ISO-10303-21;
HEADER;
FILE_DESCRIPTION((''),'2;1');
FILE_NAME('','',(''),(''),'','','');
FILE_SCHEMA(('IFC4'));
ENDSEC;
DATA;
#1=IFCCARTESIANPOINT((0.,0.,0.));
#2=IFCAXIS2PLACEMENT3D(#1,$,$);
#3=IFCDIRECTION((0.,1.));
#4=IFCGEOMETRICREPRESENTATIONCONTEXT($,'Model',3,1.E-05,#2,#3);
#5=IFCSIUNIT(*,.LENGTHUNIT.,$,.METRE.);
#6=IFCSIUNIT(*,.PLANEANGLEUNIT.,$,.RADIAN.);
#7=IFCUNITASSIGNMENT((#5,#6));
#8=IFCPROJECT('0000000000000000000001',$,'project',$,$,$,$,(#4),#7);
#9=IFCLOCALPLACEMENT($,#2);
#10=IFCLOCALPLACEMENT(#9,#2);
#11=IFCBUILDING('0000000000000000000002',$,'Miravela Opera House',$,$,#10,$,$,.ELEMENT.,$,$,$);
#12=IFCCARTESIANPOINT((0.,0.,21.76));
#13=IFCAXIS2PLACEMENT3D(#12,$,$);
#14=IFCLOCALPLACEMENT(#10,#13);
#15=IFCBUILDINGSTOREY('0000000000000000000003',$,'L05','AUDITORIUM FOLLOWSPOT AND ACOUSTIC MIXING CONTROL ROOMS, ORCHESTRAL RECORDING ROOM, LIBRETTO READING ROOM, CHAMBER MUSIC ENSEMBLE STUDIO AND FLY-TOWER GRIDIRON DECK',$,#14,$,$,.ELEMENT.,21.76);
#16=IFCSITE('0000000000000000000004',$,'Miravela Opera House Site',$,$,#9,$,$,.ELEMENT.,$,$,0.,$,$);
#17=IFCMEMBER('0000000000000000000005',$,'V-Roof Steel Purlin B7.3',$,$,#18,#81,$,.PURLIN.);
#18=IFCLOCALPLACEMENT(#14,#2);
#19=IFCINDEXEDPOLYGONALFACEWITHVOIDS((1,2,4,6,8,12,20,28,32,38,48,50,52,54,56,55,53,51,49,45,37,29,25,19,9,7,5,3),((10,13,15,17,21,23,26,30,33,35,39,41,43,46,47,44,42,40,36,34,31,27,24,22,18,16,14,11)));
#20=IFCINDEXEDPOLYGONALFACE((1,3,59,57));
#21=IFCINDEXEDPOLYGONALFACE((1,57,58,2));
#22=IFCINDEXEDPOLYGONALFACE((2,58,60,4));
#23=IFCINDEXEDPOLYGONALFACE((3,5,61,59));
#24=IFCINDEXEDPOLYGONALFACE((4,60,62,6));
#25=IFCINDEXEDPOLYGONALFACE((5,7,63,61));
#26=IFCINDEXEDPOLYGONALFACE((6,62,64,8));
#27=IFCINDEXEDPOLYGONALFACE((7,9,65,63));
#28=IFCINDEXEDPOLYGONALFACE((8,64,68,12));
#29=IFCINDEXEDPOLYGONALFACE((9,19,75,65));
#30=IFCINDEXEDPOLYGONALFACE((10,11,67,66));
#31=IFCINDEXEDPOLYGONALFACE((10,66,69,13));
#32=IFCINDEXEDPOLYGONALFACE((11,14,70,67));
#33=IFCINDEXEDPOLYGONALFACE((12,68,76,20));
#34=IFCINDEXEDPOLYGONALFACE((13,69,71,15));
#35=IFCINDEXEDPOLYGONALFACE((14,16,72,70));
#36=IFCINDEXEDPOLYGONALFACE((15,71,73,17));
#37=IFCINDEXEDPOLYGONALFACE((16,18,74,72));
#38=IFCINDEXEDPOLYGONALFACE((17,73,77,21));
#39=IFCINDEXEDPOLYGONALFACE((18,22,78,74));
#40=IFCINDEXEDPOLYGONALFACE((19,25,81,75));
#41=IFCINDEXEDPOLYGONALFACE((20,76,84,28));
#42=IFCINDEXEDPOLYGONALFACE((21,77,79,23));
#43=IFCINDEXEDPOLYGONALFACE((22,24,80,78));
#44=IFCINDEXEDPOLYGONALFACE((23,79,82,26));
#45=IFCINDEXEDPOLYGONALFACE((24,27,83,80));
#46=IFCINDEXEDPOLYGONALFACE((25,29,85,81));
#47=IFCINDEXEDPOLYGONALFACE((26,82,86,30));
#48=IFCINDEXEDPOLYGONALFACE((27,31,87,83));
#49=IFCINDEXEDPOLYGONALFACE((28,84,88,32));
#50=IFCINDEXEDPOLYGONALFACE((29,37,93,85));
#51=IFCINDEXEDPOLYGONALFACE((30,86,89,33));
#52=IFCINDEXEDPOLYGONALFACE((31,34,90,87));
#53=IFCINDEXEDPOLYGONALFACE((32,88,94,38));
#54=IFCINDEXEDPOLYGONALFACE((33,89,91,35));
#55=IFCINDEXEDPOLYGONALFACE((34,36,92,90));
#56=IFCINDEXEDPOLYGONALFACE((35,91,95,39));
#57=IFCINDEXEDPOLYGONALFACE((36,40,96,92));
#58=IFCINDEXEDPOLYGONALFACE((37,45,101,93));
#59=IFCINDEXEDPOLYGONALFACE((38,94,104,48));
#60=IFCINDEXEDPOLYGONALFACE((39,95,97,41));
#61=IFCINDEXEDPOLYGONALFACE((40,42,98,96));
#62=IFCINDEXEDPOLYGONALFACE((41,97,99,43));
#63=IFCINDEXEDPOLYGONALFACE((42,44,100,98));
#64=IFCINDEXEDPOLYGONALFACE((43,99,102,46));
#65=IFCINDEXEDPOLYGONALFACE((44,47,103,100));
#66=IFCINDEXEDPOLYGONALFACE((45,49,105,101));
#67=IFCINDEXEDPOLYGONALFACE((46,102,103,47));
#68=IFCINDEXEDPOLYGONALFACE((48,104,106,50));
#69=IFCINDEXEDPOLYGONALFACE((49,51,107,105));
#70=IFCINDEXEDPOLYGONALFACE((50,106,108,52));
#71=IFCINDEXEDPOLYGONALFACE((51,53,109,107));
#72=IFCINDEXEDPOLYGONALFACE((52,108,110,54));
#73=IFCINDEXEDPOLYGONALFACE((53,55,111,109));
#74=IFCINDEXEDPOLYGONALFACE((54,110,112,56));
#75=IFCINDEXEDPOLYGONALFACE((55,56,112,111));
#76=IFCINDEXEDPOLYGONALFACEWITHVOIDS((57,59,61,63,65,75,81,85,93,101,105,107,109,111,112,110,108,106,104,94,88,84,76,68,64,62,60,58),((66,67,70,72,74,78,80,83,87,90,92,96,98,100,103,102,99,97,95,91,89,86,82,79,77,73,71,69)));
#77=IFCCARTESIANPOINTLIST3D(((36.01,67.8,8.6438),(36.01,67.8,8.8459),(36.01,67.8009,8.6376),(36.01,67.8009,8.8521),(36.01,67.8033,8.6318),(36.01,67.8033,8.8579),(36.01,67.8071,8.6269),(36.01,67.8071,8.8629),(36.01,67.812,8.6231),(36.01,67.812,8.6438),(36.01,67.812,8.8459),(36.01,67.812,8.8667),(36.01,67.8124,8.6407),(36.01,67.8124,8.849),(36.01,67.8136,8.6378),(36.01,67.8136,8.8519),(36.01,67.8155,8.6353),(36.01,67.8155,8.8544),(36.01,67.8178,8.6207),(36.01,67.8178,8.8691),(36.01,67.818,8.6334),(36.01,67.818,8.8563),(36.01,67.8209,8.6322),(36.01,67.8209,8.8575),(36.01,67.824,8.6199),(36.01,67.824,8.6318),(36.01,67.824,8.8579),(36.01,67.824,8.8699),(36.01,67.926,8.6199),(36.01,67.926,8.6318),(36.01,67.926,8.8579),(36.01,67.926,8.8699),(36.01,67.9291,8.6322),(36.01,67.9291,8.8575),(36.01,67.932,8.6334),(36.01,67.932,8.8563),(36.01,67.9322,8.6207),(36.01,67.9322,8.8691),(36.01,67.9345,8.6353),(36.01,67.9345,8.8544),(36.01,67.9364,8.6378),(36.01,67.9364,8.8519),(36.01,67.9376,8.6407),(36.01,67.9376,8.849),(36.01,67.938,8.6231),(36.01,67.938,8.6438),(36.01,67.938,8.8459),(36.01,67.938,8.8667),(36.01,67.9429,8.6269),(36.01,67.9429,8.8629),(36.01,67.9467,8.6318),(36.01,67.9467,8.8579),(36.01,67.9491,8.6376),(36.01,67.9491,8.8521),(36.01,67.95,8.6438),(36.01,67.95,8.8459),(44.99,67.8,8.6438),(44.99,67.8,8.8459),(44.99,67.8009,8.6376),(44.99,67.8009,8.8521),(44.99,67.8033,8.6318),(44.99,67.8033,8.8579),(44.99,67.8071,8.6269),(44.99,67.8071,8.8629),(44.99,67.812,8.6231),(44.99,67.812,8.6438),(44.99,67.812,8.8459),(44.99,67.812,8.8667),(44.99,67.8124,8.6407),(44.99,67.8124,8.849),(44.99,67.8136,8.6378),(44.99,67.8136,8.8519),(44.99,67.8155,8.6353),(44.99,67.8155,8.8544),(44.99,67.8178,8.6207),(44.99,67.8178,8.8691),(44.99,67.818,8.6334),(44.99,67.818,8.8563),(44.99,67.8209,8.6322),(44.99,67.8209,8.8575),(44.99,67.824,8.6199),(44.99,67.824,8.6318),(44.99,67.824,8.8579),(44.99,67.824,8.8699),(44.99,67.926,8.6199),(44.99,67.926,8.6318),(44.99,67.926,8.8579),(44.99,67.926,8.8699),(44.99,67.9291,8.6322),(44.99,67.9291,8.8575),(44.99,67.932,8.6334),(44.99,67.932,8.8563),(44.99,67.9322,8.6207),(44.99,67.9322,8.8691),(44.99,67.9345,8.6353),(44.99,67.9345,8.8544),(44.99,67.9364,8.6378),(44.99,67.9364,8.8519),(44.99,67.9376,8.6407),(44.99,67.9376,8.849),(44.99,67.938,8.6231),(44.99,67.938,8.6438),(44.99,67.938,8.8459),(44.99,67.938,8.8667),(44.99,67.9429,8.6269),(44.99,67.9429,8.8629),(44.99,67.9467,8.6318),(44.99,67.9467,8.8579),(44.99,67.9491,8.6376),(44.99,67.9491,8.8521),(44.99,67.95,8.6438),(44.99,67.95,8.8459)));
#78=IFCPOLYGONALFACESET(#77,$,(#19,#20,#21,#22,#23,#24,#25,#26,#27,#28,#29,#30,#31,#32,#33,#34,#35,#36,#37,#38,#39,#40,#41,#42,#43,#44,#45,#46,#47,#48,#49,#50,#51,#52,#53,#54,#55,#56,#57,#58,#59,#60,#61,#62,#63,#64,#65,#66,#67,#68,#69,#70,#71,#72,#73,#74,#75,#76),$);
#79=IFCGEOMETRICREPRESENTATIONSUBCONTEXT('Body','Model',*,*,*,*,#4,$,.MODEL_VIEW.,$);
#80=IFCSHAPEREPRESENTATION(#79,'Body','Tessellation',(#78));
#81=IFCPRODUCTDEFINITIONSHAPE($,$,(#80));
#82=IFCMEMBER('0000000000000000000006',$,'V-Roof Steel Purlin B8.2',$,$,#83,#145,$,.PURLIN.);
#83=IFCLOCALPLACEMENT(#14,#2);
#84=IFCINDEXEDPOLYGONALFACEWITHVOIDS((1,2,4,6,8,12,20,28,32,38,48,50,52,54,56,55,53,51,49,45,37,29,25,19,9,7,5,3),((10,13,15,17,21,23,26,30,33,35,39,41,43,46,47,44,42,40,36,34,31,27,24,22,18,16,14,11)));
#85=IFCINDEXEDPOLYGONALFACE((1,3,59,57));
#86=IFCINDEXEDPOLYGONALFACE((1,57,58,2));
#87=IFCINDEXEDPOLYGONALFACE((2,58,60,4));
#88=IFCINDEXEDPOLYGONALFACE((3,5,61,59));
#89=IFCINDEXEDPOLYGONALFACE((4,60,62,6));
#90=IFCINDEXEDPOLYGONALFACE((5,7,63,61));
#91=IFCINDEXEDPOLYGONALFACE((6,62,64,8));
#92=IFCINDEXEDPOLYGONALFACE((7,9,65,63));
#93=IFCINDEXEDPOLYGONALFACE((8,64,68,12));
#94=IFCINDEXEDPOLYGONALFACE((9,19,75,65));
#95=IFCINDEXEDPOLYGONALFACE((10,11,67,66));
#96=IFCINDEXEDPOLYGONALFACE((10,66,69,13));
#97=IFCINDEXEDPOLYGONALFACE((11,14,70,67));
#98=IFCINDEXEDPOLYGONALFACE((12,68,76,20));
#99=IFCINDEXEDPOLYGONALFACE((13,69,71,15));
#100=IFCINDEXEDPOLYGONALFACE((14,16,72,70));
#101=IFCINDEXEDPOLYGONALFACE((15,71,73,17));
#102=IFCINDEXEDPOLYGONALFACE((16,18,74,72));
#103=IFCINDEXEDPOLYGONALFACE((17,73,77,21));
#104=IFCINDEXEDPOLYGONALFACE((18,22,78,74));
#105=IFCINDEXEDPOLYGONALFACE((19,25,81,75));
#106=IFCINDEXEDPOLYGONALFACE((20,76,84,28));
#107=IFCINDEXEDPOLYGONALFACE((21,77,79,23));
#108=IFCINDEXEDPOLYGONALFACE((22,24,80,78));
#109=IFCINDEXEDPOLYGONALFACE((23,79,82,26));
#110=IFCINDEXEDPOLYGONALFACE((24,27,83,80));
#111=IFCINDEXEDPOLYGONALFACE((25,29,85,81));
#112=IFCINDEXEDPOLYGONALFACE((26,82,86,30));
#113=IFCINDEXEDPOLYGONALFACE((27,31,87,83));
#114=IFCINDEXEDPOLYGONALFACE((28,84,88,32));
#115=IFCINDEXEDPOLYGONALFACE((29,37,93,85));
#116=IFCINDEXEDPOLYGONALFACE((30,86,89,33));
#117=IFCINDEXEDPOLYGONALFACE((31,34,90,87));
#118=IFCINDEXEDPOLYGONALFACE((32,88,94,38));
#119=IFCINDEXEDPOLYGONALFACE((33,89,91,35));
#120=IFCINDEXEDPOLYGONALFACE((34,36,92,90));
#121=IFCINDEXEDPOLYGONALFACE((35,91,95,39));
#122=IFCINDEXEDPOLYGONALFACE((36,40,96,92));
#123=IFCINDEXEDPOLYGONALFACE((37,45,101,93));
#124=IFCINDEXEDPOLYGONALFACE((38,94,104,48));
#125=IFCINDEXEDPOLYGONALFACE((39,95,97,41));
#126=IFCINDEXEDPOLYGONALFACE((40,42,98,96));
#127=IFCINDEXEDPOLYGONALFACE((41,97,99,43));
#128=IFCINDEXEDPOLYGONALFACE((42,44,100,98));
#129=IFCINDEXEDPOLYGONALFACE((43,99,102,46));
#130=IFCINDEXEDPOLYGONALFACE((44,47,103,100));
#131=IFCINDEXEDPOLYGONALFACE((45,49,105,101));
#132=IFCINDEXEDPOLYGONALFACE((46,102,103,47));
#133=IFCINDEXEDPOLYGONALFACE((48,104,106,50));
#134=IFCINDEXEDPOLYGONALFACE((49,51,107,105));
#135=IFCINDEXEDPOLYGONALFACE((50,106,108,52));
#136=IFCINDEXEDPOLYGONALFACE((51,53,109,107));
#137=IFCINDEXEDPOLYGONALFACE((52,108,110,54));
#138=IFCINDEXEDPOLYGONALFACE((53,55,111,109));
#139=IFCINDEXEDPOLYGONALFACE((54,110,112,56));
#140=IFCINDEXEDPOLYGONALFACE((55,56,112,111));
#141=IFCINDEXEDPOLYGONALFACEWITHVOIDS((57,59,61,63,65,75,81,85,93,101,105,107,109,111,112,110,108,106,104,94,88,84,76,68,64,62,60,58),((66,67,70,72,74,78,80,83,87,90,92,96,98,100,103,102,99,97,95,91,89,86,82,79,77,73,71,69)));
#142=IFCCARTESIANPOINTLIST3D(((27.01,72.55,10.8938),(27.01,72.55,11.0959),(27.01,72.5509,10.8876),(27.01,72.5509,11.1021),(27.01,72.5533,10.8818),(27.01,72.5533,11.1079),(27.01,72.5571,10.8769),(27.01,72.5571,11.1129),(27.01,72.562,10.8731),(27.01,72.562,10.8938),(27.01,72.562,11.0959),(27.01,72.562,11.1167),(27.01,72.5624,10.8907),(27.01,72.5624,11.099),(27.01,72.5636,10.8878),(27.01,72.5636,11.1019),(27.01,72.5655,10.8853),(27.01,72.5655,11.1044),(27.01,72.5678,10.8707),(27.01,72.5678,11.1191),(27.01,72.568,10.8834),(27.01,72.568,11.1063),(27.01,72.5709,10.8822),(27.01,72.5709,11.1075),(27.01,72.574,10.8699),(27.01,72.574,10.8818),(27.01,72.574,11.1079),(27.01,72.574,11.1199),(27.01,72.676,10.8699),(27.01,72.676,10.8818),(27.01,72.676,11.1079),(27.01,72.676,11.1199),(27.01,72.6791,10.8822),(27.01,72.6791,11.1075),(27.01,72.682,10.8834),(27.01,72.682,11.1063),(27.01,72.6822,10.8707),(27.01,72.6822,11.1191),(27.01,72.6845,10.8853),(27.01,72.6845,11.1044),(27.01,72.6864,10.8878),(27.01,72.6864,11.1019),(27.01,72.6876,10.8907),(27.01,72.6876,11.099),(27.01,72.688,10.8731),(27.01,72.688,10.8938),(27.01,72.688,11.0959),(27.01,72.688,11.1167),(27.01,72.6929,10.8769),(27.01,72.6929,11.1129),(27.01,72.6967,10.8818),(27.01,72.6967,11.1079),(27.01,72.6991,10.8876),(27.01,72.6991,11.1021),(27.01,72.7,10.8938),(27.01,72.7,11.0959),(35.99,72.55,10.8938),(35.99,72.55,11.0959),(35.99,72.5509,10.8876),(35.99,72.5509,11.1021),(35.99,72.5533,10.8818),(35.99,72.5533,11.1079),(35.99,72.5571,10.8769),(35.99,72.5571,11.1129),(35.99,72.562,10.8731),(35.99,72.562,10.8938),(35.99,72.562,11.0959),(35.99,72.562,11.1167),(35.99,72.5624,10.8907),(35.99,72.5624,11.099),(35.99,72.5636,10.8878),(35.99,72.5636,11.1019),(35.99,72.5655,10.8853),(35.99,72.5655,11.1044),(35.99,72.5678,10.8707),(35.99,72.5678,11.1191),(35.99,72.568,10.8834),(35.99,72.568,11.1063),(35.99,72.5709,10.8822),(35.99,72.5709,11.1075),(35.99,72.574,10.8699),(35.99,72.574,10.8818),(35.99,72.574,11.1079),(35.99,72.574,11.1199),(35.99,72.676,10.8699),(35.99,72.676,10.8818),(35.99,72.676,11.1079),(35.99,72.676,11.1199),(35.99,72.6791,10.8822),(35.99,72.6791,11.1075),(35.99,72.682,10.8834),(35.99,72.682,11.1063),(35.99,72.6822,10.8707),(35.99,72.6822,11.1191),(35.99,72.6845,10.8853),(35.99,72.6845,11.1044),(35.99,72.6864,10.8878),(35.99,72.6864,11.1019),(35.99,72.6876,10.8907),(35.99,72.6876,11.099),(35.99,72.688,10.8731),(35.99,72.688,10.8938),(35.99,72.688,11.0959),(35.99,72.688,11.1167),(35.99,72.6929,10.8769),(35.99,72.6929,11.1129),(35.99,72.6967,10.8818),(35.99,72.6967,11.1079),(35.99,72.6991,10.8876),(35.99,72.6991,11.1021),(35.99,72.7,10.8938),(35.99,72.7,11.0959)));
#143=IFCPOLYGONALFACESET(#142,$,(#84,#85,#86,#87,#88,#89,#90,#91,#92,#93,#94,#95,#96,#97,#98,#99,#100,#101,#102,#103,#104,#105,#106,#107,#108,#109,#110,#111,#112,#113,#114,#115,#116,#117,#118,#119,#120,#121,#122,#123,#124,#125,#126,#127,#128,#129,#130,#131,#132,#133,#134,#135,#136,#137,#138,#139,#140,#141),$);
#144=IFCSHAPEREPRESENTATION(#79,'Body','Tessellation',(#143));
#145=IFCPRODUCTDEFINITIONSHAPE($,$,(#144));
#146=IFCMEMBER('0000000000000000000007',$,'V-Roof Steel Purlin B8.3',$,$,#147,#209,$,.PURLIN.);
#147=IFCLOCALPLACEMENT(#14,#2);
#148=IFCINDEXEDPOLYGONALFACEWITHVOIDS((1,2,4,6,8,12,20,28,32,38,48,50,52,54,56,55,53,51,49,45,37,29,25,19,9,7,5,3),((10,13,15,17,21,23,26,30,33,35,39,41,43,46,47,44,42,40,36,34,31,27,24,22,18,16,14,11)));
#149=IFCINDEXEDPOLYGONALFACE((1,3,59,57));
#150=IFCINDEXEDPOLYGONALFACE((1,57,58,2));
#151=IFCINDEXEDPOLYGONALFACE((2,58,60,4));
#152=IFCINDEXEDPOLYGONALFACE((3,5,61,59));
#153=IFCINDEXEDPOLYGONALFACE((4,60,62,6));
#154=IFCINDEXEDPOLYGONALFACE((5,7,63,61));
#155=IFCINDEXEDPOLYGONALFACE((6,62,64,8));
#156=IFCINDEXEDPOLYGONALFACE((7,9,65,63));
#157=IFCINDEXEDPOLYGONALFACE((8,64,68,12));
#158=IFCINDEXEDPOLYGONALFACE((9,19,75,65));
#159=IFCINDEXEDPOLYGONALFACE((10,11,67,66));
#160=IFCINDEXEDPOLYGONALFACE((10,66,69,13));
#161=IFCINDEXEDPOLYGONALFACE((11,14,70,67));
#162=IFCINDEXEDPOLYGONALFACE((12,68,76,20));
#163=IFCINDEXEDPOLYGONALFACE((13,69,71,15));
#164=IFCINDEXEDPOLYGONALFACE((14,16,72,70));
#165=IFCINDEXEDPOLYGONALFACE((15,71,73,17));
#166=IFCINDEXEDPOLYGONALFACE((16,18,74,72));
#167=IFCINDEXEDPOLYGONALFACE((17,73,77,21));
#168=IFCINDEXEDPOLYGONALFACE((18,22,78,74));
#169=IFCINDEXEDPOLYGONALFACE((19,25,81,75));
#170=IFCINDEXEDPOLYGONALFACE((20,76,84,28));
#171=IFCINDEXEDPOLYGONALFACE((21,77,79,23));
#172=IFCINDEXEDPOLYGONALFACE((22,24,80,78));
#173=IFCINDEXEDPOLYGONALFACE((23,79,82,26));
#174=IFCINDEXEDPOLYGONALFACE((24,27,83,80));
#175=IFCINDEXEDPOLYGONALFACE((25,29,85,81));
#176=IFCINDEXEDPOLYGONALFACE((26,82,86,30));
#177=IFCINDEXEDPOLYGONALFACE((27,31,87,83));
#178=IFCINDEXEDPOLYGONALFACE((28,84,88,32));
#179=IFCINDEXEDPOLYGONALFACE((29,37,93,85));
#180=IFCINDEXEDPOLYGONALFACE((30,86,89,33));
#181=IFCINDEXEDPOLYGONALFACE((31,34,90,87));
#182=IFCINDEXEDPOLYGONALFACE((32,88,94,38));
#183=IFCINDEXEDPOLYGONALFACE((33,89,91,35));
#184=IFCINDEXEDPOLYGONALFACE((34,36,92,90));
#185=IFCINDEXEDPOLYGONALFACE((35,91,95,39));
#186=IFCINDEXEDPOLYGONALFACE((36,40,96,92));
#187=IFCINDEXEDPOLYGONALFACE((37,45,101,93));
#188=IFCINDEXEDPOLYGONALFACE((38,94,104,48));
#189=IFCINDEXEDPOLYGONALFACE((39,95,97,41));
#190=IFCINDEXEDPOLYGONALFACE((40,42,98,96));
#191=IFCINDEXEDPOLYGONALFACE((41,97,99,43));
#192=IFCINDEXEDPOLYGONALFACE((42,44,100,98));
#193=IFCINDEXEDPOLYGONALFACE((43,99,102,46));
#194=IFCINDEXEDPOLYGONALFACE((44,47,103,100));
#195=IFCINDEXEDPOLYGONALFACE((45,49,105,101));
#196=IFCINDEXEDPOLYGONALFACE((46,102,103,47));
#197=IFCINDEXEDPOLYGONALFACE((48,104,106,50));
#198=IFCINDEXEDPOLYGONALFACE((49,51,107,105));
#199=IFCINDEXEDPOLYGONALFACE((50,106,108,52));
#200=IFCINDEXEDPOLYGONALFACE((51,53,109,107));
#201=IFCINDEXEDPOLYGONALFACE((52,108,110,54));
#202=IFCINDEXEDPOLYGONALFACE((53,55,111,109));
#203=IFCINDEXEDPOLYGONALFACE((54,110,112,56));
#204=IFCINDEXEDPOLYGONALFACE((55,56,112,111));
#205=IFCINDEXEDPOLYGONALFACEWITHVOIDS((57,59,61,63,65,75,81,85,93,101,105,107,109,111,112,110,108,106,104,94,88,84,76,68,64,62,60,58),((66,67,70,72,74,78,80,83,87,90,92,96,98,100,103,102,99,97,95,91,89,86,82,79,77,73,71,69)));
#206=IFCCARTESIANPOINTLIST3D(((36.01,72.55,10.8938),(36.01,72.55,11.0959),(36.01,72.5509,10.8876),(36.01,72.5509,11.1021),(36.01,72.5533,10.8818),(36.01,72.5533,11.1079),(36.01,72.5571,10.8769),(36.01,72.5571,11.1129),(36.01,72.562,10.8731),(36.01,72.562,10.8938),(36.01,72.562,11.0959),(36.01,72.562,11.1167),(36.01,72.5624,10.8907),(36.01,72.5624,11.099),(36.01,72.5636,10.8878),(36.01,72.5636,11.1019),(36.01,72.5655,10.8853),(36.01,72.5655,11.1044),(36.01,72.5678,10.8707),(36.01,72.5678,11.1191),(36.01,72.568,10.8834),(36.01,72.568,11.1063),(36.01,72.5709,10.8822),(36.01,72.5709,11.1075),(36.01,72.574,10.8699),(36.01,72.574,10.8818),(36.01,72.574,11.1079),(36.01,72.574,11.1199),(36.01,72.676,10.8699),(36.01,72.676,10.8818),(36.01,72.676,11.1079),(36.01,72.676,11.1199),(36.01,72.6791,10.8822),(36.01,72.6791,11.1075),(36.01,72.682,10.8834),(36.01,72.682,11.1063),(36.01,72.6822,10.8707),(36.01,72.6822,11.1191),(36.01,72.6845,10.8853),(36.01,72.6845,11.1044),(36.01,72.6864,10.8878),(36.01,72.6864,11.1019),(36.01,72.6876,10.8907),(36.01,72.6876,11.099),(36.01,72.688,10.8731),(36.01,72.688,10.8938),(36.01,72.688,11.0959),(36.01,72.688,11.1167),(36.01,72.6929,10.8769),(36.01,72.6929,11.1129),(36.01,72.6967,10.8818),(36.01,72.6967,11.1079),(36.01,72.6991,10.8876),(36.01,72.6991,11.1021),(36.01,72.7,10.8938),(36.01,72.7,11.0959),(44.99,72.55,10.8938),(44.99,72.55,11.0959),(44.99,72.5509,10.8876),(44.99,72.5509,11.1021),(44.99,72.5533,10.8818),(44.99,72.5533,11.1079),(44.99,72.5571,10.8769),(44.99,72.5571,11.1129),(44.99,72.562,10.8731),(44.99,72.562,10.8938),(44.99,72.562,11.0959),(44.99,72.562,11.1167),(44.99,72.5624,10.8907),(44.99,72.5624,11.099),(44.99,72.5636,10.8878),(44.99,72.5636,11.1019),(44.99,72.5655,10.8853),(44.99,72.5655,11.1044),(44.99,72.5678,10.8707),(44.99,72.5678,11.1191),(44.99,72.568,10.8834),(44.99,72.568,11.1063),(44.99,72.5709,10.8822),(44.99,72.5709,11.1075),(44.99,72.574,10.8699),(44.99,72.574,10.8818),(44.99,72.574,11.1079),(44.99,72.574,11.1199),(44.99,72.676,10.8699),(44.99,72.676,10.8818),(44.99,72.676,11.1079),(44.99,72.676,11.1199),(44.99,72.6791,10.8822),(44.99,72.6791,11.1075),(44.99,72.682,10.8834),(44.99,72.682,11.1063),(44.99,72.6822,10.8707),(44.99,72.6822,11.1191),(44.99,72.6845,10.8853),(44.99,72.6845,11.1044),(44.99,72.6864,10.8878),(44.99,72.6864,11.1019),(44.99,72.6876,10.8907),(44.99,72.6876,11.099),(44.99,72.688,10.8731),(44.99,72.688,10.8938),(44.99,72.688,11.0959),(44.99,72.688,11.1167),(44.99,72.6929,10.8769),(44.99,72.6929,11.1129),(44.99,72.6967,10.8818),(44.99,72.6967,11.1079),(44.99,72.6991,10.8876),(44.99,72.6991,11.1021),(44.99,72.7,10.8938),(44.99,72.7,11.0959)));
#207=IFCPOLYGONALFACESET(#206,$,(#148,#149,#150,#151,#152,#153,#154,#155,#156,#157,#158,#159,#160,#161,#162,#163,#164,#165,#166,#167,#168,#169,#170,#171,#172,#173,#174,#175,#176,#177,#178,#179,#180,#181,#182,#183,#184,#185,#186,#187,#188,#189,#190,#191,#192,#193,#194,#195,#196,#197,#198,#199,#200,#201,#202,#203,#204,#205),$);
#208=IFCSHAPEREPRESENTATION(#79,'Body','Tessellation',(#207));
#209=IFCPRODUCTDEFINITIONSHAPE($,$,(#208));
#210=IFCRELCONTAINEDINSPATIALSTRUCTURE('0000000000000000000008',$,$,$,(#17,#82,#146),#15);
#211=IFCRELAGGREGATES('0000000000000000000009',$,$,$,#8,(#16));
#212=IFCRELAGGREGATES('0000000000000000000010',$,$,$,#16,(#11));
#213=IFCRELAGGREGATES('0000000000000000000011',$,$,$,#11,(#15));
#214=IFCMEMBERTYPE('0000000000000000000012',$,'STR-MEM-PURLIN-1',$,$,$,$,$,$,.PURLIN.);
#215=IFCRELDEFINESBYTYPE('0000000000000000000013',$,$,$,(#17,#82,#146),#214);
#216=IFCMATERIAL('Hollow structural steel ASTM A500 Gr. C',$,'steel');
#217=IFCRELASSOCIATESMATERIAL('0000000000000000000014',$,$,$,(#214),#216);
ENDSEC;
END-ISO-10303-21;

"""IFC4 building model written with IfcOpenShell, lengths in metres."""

from ifc_helpers import new_model, si_unit, direction, frame, origin, origin_2d, place, context, subcontext, project, spatial, hollow_rectangle, extrude, material, material_profile, profile_set, type_object, element, save


model = new_model("IFC4")

# Units and contexts
model_context = context("Model", 3, precision=1e-05, world=origin(), true_north=direction((0.0, 1.0)))
body_context = subcontext(model_context, "Body", "Model", "MODEL_VIEW")
ifc_project = project(units=[si_unit("LENGTHUNIT", "METRE"), si_unit("PLANEANGLEUNIT", "RADIAN")], contexts=[model_context])

# Site, building, storey
site_placement = place(None, origin())
site = spatial("IfcSite", under=ifc_project, at=site_placement, Name="Miravela Opera House Site", CompositionType="ELEMENT", RefElevation=0.0)
building_placement = place(site_placement, origin())
building = spatial("IfcBuilding", under=site, at=building_placement, Name="Miravela Opera House", CompositionType="ELEMENT")
storey_placement = place(building_placement, frame((0.0, 0.0, 21.76)))
storey = spatial("IfcBuildingStorey", under=building, at=storey_placement, Name="L05", Description="AUDITORIUM FOLLOWSPOT AND ACOUSTIC MIXING CONTROL ROOMS, ORCHESTRAL RECORDING ROOM, LIBRETTO READING ROOM, CHAMBER MUSIC ENSEMBLE STUDIO AND FLY-TOWER GRIDIRON DECK", CompositionType="ELEMENT", Elevation=21.76)

# Members
ifc_material_1 = material(Name="Hollow structural steel ASTM A500 Gr. C", Category="steel")
ifc_material_profile_1 = material_profile(ifc_material_1, hollow_rectangle(XDim=0.1499, YDim=0.25, WallThickness=0.012, InnerFilletRadius=0.012, OuterFilletRadius=0.0239, at=origin_2d()), Name="HSS250X150X12")
ifc_profile_set_1 = profile_set([ifc_material_profile_1])
member_type_1 = type_object("IfcMemberType", Name="STR-MEM-PURLIN-1", PredefinedType="PURLIN", material=ifc_profile_set_1)
for number, where, z_axis, x_axis, name in (
    (1, (36.01, 67.875, 8.7449), (1.0, 0.0, 0.0), (0.0, 1.0, 0.0), "V-Roof Steel Purlin B7.3"),
    (2, (27.01, 72.625, 10.9949), (1.0, 0.0, 0.0), (0.0, 1.0, 0.0), "V-Roof Steel Purlin B8.2"),
    (3, (36.01, 72.625, 10.9949), (1.0, 0.0, 0.0), (0.0, 1.0, 0.0), "V-Roof Steel Purlin B8.3"),
):
    element("IfcMember", number, at=place(storey_placement, frame(where, z_axis=z_axis, x_axis=x_axis)), inside=storey, type_object=member_type_1, Name=name, PredefinedType="PURLIN", context=body_context, shape_type="SweptSolid", body=[
        extrude(hollow_rectangle(XDim=0.1499, YDim=0.25, WallThickness=0.012, InnerFilletRadius=0.012, OuterFilletRadius=0.0239, at=origin_2d()), origin(), (0.0, 0.0, 1.0), 8.98),
    ])

save(model, "model.ifc")
